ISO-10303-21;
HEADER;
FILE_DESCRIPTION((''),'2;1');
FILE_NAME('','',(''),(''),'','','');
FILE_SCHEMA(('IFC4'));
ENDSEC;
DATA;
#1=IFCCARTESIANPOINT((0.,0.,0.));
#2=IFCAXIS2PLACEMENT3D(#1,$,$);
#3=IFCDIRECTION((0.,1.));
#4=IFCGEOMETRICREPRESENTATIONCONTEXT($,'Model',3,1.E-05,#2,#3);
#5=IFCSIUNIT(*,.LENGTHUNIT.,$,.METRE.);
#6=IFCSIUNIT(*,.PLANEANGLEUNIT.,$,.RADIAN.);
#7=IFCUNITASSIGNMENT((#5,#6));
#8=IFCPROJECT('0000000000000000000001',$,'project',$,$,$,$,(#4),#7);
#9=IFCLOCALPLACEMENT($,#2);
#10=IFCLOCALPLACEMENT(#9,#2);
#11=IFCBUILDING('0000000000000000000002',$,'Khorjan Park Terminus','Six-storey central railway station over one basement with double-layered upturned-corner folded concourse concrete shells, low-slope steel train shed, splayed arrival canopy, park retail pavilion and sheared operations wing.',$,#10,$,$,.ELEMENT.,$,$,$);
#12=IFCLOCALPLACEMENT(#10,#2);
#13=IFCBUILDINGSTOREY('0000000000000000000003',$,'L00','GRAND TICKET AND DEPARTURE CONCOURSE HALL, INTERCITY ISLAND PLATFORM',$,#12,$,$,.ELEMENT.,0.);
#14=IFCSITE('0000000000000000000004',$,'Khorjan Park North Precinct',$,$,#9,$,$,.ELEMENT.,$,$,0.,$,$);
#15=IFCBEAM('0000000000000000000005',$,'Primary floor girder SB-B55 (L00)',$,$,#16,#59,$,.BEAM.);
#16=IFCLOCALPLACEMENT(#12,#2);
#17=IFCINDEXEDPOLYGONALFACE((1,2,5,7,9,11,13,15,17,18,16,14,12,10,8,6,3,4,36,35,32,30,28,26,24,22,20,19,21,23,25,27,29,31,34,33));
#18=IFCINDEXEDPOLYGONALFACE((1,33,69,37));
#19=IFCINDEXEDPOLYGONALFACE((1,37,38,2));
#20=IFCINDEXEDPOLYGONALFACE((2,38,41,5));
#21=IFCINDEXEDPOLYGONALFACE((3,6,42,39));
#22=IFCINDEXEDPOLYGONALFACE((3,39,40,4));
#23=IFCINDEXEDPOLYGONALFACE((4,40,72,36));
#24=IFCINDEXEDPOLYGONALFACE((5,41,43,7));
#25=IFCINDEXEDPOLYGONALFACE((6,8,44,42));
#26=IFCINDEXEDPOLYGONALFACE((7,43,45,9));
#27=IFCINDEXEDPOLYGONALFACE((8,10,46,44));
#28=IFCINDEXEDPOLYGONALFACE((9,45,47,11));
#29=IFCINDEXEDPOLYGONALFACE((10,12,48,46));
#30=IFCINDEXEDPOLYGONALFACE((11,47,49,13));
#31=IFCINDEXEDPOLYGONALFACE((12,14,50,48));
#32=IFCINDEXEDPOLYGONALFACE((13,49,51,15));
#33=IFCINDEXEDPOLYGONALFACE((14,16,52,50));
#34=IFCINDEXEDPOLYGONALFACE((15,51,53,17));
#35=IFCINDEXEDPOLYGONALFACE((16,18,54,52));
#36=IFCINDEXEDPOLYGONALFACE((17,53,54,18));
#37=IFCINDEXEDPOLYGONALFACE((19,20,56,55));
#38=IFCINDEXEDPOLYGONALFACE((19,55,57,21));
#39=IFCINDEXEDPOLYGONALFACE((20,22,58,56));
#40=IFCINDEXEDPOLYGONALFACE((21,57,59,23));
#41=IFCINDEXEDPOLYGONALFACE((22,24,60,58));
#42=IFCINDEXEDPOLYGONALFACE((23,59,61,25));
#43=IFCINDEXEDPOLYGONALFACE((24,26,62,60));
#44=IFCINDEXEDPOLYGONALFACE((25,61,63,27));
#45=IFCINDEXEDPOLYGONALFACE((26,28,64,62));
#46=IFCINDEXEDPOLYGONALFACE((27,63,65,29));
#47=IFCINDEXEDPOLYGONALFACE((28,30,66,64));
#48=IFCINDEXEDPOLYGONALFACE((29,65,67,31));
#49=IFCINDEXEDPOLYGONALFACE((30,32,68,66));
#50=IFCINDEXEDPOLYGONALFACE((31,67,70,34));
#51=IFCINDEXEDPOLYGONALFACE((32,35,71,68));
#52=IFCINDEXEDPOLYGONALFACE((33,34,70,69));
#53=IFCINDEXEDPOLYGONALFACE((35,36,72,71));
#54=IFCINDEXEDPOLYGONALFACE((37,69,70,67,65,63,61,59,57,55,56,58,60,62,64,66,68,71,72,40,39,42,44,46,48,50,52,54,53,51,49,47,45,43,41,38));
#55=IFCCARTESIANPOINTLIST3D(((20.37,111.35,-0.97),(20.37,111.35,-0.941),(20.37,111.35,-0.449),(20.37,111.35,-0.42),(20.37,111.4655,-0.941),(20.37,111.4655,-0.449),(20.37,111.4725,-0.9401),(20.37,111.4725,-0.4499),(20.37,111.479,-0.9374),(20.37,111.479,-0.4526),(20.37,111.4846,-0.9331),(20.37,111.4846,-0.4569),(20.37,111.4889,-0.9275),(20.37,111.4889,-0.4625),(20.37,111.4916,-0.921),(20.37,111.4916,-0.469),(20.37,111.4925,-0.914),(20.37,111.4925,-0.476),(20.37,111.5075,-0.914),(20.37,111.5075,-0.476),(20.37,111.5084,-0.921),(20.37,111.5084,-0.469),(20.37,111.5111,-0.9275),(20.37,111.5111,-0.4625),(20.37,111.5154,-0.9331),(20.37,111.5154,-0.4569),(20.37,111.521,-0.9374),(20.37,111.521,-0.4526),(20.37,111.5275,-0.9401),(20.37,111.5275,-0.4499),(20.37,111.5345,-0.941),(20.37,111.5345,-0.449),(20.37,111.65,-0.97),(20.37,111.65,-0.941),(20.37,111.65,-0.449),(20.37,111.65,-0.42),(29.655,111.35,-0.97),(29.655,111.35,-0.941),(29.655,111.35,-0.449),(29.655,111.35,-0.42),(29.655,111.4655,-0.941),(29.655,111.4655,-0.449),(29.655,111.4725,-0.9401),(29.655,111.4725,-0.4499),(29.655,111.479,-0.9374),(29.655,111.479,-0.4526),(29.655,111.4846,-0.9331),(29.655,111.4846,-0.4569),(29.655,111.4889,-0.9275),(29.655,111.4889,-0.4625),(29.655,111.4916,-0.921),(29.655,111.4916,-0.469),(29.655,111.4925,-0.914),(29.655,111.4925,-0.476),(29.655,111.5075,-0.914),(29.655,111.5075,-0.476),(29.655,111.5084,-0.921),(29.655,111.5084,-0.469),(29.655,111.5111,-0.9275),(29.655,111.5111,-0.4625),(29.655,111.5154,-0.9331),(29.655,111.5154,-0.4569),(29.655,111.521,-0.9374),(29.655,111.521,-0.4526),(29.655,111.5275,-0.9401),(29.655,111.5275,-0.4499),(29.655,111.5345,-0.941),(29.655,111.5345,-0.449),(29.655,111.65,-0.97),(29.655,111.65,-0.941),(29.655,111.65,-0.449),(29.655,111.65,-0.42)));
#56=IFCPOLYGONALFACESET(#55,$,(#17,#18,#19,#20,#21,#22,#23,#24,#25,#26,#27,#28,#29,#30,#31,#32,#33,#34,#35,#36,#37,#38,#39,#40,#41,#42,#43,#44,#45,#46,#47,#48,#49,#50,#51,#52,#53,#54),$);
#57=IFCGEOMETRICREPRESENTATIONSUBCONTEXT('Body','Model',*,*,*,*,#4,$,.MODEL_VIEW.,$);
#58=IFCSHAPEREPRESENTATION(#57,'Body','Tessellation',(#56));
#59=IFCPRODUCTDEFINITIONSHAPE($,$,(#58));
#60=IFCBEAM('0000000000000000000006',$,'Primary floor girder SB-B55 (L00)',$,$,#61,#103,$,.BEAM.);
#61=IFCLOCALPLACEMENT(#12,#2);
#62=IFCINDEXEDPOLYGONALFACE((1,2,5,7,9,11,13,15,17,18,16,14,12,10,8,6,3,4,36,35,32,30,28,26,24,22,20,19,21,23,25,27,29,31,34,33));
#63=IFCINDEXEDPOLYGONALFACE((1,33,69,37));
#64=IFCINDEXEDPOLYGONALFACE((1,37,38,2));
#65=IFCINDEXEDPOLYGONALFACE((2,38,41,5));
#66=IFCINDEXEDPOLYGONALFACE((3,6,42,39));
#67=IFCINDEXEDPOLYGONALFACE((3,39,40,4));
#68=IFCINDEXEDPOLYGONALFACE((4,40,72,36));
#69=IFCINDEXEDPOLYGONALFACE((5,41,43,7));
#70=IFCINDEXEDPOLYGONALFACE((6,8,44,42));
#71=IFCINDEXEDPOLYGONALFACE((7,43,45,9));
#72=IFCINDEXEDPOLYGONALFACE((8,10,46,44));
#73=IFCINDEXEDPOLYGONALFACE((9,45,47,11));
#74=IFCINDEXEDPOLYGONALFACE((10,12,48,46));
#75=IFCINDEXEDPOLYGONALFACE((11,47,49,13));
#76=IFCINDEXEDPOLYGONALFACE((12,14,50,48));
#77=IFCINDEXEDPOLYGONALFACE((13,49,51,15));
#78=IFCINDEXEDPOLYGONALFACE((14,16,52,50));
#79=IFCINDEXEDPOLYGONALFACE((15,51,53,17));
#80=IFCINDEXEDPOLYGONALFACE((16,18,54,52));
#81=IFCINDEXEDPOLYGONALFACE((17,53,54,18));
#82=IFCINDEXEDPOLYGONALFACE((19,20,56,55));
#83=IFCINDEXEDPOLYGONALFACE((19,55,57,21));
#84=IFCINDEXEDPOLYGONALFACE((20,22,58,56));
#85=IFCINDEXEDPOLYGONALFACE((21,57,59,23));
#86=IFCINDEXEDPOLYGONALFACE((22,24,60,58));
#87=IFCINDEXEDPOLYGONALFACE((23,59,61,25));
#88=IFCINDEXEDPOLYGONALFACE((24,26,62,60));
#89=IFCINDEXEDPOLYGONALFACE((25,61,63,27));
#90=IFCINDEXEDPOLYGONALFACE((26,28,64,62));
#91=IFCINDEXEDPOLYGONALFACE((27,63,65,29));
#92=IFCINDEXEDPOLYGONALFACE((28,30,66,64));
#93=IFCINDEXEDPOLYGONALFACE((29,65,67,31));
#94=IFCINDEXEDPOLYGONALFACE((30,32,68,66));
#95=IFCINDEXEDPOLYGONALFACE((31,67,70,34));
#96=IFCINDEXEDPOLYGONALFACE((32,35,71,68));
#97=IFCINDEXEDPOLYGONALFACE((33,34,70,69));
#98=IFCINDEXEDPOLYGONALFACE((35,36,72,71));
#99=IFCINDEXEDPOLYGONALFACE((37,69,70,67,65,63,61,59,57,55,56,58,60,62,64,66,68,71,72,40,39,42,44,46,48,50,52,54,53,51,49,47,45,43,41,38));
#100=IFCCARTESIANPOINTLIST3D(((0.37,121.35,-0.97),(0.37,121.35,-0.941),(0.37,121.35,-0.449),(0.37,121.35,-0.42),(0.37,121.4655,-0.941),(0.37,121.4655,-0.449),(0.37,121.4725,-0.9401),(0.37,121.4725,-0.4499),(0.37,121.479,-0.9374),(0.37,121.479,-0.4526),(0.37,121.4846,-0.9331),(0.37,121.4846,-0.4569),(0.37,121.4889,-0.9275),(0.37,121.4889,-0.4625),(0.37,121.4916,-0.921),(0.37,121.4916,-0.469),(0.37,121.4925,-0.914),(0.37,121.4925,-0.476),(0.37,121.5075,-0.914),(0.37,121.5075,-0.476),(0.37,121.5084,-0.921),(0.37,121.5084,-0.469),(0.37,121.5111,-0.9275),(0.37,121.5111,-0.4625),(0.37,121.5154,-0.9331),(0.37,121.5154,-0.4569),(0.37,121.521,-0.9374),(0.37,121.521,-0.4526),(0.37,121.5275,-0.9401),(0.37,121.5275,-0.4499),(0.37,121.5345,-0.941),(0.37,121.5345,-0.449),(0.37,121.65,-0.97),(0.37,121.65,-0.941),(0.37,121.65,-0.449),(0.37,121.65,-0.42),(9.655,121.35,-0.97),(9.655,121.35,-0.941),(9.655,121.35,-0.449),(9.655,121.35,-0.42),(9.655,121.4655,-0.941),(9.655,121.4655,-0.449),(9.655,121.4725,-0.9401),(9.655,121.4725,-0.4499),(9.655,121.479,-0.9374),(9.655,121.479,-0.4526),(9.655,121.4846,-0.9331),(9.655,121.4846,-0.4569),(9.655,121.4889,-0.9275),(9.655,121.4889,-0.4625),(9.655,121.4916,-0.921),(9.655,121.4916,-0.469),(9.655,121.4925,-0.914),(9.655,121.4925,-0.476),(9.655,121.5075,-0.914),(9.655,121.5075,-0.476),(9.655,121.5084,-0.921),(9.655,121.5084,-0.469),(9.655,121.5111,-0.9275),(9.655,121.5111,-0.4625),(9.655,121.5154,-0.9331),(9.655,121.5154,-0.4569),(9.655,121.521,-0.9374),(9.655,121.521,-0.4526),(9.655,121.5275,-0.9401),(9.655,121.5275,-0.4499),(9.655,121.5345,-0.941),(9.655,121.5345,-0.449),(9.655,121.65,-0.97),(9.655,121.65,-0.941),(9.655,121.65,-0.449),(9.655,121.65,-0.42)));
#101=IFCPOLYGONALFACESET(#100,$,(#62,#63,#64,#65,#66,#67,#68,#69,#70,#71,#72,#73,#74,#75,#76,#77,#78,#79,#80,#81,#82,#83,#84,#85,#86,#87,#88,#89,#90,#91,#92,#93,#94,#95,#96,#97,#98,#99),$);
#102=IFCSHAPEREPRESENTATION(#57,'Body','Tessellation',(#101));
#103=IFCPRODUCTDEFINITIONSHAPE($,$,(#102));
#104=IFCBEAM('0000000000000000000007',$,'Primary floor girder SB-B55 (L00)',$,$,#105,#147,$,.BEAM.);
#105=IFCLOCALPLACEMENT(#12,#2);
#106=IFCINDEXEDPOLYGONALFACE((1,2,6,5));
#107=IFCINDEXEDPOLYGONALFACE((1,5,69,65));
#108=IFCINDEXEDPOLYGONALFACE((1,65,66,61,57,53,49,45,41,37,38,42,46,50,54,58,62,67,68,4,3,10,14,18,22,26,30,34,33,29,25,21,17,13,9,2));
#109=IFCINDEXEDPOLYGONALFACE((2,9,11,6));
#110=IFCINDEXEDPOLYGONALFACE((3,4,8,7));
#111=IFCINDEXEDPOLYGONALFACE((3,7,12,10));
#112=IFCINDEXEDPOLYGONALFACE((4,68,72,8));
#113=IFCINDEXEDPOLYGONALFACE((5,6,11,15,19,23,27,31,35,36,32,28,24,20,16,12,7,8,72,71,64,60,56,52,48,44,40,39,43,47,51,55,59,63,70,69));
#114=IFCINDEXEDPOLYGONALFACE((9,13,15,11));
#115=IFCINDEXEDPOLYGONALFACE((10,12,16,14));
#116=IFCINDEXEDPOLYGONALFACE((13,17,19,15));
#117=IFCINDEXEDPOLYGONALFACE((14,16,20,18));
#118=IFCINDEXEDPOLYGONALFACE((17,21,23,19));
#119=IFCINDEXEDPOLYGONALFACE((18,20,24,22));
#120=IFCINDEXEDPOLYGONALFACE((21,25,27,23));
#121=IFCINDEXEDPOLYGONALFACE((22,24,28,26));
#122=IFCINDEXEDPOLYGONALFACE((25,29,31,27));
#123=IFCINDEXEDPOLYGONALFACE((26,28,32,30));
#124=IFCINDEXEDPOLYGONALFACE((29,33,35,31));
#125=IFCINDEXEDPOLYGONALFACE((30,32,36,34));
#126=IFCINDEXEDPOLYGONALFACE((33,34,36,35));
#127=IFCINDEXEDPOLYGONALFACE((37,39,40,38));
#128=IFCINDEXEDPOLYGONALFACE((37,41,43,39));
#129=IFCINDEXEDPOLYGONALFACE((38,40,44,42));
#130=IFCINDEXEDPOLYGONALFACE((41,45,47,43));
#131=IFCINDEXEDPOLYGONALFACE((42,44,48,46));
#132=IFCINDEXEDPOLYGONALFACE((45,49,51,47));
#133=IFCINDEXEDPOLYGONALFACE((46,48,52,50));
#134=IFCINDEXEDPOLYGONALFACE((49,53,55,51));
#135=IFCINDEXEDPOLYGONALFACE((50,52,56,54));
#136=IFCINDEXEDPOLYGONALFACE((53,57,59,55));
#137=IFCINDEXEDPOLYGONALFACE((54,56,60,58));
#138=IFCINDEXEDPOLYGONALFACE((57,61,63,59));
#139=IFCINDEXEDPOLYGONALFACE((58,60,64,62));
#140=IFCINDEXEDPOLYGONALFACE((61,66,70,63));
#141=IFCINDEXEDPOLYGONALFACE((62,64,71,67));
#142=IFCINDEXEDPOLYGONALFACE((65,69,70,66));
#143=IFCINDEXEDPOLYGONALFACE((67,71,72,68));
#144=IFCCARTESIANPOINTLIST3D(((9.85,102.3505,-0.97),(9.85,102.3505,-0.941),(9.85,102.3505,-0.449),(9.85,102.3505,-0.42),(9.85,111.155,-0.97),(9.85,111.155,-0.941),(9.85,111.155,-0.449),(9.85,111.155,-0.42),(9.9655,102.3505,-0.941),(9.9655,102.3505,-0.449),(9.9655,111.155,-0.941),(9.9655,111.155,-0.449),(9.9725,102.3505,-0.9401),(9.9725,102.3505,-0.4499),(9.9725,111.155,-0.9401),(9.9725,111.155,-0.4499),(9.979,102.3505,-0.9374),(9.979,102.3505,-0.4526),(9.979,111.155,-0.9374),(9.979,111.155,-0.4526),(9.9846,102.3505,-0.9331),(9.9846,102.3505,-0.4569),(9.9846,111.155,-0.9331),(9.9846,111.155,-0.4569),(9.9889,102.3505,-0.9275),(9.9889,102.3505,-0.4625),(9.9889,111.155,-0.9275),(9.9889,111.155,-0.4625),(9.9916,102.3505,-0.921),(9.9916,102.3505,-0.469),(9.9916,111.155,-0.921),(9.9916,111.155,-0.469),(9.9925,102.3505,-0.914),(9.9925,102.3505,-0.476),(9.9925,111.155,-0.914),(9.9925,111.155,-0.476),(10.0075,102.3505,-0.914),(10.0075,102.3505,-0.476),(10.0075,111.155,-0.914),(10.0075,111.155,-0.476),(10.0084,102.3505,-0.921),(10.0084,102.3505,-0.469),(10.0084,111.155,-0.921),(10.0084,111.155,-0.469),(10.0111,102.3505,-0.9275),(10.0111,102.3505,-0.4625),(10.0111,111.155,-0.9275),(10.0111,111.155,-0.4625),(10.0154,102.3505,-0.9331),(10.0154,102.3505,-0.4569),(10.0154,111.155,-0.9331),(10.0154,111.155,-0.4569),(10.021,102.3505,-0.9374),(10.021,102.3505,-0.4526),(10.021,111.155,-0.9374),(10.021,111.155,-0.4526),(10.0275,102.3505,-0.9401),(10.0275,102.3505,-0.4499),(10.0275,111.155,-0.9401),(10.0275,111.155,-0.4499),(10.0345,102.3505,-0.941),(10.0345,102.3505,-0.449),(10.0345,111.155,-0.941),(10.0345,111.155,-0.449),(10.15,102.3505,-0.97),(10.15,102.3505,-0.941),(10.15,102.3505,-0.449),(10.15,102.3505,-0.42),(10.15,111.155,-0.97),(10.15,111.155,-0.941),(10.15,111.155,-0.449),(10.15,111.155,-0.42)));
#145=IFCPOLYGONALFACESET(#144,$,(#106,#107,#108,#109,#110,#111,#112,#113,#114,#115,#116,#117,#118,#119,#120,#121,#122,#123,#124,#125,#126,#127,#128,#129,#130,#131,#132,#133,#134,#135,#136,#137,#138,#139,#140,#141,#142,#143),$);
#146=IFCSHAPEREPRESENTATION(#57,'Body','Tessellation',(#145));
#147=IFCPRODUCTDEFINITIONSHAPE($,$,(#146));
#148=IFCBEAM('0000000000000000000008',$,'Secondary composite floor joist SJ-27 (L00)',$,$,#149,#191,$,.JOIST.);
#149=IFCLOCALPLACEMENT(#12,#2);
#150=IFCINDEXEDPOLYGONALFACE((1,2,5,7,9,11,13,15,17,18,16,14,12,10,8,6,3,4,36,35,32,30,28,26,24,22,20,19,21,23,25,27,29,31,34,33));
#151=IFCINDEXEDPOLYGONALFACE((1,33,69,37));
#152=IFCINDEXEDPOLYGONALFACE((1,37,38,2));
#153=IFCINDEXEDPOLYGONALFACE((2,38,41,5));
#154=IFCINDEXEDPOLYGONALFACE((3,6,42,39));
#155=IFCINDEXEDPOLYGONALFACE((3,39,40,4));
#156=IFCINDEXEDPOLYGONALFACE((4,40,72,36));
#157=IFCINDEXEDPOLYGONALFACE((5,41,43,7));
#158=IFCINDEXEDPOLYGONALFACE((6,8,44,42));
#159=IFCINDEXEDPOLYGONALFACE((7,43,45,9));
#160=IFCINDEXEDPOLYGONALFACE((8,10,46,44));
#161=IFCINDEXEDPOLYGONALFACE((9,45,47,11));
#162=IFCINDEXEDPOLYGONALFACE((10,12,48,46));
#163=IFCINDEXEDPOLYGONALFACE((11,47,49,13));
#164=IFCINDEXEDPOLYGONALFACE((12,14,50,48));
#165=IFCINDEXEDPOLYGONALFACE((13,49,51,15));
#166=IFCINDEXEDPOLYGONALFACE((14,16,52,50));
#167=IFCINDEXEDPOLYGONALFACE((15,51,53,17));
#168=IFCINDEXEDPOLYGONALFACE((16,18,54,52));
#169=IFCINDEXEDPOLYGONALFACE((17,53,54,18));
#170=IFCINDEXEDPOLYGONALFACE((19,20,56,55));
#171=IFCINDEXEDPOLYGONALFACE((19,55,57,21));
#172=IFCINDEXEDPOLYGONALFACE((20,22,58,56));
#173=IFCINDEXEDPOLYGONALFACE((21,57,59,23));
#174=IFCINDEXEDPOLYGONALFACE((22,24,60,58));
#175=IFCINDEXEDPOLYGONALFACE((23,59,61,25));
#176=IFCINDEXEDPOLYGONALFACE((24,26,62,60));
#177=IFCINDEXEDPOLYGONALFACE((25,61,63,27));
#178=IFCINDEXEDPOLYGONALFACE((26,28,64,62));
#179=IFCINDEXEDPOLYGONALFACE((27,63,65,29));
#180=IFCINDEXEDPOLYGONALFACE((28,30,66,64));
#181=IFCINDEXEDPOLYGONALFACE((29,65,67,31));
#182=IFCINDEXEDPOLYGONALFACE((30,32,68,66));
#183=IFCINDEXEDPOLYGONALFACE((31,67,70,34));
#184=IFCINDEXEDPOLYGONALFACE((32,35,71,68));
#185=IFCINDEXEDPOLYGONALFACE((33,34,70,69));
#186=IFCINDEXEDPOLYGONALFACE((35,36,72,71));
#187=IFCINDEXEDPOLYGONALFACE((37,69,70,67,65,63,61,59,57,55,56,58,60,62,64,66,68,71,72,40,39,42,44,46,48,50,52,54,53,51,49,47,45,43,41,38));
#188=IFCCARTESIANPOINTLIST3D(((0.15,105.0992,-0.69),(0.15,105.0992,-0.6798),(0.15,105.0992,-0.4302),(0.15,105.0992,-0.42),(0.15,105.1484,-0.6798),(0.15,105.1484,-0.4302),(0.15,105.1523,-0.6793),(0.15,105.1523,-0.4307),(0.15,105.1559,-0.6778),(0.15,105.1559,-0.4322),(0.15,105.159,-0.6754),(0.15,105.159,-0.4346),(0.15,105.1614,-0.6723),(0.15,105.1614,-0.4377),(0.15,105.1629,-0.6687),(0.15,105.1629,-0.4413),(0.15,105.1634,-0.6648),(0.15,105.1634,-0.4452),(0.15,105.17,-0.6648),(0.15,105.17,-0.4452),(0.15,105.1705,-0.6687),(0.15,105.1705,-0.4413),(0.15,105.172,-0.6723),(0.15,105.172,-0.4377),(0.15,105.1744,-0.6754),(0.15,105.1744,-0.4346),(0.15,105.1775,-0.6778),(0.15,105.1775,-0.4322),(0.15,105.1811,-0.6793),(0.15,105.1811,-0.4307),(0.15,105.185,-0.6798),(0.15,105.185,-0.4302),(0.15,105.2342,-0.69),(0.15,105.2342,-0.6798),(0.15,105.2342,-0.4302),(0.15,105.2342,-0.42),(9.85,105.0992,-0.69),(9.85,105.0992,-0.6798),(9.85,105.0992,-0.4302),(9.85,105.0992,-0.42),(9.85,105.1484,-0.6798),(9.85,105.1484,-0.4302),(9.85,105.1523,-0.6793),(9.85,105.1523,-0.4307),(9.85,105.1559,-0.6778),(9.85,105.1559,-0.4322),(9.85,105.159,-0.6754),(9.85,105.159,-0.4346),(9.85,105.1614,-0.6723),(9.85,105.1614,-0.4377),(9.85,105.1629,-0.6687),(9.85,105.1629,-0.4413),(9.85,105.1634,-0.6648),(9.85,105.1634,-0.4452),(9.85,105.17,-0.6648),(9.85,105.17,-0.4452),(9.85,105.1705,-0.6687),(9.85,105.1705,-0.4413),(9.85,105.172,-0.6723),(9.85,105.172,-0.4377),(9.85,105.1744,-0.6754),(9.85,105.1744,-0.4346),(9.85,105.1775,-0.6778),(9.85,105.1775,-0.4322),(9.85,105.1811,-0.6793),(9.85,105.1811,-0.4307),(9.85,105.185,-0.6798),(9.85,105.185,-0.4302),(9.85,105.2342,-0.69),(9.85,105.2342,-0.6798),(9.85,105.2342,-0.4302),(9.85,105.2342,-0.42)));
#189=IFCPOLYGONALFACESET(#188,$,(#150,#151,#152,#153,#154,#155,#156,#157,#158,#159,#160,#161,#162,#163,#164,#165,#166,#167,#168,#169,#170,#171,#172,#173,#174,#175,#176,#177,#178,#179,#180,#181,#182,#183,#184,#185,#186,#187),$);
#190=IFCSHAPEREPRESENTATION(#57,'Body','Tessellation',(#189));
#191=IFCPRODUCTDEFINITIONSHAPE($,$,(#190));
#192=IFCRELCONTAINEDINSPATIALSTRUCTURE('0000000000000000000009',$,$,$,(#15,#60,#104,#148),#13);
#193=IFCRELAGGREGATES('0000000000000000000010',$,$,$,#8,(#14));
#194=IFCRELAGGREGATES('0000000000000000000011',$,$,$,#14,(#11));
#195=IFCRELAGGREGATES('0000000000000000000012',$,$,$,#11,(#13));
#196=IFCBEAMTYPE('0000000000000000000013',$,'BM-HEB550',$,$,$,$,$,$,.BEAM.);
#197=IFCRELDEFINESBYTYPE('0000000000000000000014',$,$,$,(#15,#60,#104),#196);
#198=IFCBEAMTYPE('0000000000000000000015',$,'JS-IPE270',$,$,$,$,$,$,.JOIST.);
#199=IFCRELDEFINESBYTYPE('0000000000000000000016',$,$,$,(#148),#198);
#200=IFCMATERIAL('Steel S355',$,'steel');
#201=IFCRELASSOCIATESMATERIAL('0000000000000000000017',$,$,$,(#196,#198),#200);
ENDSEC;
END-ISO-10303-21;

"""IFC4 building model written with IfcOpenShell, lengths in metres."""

from ifc_helpers import new_model, si_unit, direction, frame, origin, origin_2d, place, context, subcontext, project, spatial, i_section, extrude, material, material_profile, profile_set, type_object, element, save


model = new_model("IFC4")

# Units and contexts
model_context = context("Model", 3, precision=1e-05, world=origin(), true_north=direction((0.0, 1.0)))
body_context = subcontext(model_context, "Body", "Model", "MODEL_VIEW")
ifc_project = project(units=[si_unit("LENGTHUNIT", "METRE"), si_unit("PLANEANGLEUNIT", "RADIAN")], contexts=[model_context])

# Site, building, storey
site_placement = place(None, origin())
site = spatial("IfcSite", under=ifc_project, at=site_placement, Name="Khorjan Park North Precinct", CompositionType="ELEMENT", RefElevation=0.0)
building_placement = place(site_placement, origin())
building = spatial("IfcBuilding", under=site, at=building_placement, Name="Khorjan Park Terminus", Description="Six-storey central railway station over one basement with double-layered upturned-corner folded concourse concrete shells, low-slope steel train shed, splayed arrival canopy, park retail pavilion and sheared operations wing.", CompositionType="ELEMENT")
storey_placement = place(building_placement, origin())
storey = spatial("IfcBuildingStorey", under=building, at=storey_placement, Name="L00", Description="GRAND TICKET AND DEPARTURE CONCOURSE HALL, INTERCITY ISLAND PLATFORM", CompositionType="ELEMENT", Elevation=0.0)

# Beams
ifc_material = material(Name="Steel S355", Category="steel")
ifc_material_profile_1 = material_profile(ifc_material, i_section(OverallWidth=0.3, OverallDepth=0.55, WebThickness=0.015, FlangeThickness=0.029, FilletRadius=0.027, at=origin_2d()), Name="HEB 550")
ifc_profile_set_1 = profile_set([ifc_material_profile_1], Name="Steel S355")
beam_type_1 = type_object("IfcBeamType", Name="BM-HEB550", PredefinedType="BEAM", material=ifc_profile_set_1)
for number, where, z_axis, x_axis, name in (
    (1, (20.37, 111.5, -0.695), (1.0, 0.0, 0.0), (0.0, 1.0, 0.0), "Primary floor girder SB-B55 (L00)"),
    (2, (0.37, 121.5, -0.695), (1.0, 0.0, 0.0), (0.0, 1.0, 0.0), "Primary floor girder SB-B55 (L00)"),
):
    element("IfcBeam", number, at=place(storey_placement, frame(where, z_axis=z_axis, x_axis=x_axis)), inside=storey, type_object=beam_type_1, Name=name, PredefinedType="BEAM", context=body_context, shape_type="SweptSolid", body=[
        extrude(i_section(OverallWidth=0.3, OverallDepth=0.55, WebThickness=0.015, FlangeThickness=0.029, FilletRadius=0.027, at=origin_2d()), origin(), (0.0, 0.0, 1.0), 9.285),
    ])
beam_1_placement = place(storey_placement, frame((10.0, 102.3505, -0.695), z_axis=(0.0, 1.0, 0.0), x_axis=(-1.0, 0.0, 0.0)))
element("IfcBeam", 3, at=beam_1_placement, inside=storey, type_object=beam_type_1, Name="Primary floor girder SB-B55 (L00)", PredefinedType="BEAM", context=body_context, shape_type="SweptSolid", body=[
    extrude(i_section(OverallWidth=0.3, OverallDepth=0.55, WebThickness=0.015, FlangeThickness=0.029, FilletRadius=0.027, at=origin_2d()), origin(), (0.0, 0.0, 1.0), 8.8045),
])
ifc_material_profile_2 = material_profile(ifc_material, i_section(OverallWidth=0.135, OverallDepth=0.27, WebThickness=0.0066, FlangeThickness=0.0102, FilletRadius=0.015, at=origin_2d()), Name="IPE 270")
ifc_profile_set_2 = profile_set([ifc_material_profile_2], Name="Steel S355")
beam_type_2 = type_object("IfcBeamType", Name="JS-IPE270", PredefinedType="JOIST", material=ifc_profile_set_2)
for number, where, z_axis, x_axis, name in (
    (4, (0.15, 105.1667, -0.555), (1.0, 0.0, 0.0), (0.0, 1.0, 0.0), "Secondary composite floor joist SJ-27 (L00)"),
):
    element("IfcBeam", number, at=place(storey_placement, frame(where, z_axis=z_axis, x_axis=x_axis)), inside=storey, type_object=beam_type_2, Name=name, PredefinedType="JOIST", context=body_context, shape_type="SweptSolid", body=[
        extrude(i_section(OverallWidth=0.135, OverallDepth=0.27, WebThickness=0.0066, FlangeThickness=0.0102, FilletRadius=0.015, at=origin_2d()), origin(), (0.0, 0.0, 1.0), 9.7),
    ])

save(model, "model.ifc")
